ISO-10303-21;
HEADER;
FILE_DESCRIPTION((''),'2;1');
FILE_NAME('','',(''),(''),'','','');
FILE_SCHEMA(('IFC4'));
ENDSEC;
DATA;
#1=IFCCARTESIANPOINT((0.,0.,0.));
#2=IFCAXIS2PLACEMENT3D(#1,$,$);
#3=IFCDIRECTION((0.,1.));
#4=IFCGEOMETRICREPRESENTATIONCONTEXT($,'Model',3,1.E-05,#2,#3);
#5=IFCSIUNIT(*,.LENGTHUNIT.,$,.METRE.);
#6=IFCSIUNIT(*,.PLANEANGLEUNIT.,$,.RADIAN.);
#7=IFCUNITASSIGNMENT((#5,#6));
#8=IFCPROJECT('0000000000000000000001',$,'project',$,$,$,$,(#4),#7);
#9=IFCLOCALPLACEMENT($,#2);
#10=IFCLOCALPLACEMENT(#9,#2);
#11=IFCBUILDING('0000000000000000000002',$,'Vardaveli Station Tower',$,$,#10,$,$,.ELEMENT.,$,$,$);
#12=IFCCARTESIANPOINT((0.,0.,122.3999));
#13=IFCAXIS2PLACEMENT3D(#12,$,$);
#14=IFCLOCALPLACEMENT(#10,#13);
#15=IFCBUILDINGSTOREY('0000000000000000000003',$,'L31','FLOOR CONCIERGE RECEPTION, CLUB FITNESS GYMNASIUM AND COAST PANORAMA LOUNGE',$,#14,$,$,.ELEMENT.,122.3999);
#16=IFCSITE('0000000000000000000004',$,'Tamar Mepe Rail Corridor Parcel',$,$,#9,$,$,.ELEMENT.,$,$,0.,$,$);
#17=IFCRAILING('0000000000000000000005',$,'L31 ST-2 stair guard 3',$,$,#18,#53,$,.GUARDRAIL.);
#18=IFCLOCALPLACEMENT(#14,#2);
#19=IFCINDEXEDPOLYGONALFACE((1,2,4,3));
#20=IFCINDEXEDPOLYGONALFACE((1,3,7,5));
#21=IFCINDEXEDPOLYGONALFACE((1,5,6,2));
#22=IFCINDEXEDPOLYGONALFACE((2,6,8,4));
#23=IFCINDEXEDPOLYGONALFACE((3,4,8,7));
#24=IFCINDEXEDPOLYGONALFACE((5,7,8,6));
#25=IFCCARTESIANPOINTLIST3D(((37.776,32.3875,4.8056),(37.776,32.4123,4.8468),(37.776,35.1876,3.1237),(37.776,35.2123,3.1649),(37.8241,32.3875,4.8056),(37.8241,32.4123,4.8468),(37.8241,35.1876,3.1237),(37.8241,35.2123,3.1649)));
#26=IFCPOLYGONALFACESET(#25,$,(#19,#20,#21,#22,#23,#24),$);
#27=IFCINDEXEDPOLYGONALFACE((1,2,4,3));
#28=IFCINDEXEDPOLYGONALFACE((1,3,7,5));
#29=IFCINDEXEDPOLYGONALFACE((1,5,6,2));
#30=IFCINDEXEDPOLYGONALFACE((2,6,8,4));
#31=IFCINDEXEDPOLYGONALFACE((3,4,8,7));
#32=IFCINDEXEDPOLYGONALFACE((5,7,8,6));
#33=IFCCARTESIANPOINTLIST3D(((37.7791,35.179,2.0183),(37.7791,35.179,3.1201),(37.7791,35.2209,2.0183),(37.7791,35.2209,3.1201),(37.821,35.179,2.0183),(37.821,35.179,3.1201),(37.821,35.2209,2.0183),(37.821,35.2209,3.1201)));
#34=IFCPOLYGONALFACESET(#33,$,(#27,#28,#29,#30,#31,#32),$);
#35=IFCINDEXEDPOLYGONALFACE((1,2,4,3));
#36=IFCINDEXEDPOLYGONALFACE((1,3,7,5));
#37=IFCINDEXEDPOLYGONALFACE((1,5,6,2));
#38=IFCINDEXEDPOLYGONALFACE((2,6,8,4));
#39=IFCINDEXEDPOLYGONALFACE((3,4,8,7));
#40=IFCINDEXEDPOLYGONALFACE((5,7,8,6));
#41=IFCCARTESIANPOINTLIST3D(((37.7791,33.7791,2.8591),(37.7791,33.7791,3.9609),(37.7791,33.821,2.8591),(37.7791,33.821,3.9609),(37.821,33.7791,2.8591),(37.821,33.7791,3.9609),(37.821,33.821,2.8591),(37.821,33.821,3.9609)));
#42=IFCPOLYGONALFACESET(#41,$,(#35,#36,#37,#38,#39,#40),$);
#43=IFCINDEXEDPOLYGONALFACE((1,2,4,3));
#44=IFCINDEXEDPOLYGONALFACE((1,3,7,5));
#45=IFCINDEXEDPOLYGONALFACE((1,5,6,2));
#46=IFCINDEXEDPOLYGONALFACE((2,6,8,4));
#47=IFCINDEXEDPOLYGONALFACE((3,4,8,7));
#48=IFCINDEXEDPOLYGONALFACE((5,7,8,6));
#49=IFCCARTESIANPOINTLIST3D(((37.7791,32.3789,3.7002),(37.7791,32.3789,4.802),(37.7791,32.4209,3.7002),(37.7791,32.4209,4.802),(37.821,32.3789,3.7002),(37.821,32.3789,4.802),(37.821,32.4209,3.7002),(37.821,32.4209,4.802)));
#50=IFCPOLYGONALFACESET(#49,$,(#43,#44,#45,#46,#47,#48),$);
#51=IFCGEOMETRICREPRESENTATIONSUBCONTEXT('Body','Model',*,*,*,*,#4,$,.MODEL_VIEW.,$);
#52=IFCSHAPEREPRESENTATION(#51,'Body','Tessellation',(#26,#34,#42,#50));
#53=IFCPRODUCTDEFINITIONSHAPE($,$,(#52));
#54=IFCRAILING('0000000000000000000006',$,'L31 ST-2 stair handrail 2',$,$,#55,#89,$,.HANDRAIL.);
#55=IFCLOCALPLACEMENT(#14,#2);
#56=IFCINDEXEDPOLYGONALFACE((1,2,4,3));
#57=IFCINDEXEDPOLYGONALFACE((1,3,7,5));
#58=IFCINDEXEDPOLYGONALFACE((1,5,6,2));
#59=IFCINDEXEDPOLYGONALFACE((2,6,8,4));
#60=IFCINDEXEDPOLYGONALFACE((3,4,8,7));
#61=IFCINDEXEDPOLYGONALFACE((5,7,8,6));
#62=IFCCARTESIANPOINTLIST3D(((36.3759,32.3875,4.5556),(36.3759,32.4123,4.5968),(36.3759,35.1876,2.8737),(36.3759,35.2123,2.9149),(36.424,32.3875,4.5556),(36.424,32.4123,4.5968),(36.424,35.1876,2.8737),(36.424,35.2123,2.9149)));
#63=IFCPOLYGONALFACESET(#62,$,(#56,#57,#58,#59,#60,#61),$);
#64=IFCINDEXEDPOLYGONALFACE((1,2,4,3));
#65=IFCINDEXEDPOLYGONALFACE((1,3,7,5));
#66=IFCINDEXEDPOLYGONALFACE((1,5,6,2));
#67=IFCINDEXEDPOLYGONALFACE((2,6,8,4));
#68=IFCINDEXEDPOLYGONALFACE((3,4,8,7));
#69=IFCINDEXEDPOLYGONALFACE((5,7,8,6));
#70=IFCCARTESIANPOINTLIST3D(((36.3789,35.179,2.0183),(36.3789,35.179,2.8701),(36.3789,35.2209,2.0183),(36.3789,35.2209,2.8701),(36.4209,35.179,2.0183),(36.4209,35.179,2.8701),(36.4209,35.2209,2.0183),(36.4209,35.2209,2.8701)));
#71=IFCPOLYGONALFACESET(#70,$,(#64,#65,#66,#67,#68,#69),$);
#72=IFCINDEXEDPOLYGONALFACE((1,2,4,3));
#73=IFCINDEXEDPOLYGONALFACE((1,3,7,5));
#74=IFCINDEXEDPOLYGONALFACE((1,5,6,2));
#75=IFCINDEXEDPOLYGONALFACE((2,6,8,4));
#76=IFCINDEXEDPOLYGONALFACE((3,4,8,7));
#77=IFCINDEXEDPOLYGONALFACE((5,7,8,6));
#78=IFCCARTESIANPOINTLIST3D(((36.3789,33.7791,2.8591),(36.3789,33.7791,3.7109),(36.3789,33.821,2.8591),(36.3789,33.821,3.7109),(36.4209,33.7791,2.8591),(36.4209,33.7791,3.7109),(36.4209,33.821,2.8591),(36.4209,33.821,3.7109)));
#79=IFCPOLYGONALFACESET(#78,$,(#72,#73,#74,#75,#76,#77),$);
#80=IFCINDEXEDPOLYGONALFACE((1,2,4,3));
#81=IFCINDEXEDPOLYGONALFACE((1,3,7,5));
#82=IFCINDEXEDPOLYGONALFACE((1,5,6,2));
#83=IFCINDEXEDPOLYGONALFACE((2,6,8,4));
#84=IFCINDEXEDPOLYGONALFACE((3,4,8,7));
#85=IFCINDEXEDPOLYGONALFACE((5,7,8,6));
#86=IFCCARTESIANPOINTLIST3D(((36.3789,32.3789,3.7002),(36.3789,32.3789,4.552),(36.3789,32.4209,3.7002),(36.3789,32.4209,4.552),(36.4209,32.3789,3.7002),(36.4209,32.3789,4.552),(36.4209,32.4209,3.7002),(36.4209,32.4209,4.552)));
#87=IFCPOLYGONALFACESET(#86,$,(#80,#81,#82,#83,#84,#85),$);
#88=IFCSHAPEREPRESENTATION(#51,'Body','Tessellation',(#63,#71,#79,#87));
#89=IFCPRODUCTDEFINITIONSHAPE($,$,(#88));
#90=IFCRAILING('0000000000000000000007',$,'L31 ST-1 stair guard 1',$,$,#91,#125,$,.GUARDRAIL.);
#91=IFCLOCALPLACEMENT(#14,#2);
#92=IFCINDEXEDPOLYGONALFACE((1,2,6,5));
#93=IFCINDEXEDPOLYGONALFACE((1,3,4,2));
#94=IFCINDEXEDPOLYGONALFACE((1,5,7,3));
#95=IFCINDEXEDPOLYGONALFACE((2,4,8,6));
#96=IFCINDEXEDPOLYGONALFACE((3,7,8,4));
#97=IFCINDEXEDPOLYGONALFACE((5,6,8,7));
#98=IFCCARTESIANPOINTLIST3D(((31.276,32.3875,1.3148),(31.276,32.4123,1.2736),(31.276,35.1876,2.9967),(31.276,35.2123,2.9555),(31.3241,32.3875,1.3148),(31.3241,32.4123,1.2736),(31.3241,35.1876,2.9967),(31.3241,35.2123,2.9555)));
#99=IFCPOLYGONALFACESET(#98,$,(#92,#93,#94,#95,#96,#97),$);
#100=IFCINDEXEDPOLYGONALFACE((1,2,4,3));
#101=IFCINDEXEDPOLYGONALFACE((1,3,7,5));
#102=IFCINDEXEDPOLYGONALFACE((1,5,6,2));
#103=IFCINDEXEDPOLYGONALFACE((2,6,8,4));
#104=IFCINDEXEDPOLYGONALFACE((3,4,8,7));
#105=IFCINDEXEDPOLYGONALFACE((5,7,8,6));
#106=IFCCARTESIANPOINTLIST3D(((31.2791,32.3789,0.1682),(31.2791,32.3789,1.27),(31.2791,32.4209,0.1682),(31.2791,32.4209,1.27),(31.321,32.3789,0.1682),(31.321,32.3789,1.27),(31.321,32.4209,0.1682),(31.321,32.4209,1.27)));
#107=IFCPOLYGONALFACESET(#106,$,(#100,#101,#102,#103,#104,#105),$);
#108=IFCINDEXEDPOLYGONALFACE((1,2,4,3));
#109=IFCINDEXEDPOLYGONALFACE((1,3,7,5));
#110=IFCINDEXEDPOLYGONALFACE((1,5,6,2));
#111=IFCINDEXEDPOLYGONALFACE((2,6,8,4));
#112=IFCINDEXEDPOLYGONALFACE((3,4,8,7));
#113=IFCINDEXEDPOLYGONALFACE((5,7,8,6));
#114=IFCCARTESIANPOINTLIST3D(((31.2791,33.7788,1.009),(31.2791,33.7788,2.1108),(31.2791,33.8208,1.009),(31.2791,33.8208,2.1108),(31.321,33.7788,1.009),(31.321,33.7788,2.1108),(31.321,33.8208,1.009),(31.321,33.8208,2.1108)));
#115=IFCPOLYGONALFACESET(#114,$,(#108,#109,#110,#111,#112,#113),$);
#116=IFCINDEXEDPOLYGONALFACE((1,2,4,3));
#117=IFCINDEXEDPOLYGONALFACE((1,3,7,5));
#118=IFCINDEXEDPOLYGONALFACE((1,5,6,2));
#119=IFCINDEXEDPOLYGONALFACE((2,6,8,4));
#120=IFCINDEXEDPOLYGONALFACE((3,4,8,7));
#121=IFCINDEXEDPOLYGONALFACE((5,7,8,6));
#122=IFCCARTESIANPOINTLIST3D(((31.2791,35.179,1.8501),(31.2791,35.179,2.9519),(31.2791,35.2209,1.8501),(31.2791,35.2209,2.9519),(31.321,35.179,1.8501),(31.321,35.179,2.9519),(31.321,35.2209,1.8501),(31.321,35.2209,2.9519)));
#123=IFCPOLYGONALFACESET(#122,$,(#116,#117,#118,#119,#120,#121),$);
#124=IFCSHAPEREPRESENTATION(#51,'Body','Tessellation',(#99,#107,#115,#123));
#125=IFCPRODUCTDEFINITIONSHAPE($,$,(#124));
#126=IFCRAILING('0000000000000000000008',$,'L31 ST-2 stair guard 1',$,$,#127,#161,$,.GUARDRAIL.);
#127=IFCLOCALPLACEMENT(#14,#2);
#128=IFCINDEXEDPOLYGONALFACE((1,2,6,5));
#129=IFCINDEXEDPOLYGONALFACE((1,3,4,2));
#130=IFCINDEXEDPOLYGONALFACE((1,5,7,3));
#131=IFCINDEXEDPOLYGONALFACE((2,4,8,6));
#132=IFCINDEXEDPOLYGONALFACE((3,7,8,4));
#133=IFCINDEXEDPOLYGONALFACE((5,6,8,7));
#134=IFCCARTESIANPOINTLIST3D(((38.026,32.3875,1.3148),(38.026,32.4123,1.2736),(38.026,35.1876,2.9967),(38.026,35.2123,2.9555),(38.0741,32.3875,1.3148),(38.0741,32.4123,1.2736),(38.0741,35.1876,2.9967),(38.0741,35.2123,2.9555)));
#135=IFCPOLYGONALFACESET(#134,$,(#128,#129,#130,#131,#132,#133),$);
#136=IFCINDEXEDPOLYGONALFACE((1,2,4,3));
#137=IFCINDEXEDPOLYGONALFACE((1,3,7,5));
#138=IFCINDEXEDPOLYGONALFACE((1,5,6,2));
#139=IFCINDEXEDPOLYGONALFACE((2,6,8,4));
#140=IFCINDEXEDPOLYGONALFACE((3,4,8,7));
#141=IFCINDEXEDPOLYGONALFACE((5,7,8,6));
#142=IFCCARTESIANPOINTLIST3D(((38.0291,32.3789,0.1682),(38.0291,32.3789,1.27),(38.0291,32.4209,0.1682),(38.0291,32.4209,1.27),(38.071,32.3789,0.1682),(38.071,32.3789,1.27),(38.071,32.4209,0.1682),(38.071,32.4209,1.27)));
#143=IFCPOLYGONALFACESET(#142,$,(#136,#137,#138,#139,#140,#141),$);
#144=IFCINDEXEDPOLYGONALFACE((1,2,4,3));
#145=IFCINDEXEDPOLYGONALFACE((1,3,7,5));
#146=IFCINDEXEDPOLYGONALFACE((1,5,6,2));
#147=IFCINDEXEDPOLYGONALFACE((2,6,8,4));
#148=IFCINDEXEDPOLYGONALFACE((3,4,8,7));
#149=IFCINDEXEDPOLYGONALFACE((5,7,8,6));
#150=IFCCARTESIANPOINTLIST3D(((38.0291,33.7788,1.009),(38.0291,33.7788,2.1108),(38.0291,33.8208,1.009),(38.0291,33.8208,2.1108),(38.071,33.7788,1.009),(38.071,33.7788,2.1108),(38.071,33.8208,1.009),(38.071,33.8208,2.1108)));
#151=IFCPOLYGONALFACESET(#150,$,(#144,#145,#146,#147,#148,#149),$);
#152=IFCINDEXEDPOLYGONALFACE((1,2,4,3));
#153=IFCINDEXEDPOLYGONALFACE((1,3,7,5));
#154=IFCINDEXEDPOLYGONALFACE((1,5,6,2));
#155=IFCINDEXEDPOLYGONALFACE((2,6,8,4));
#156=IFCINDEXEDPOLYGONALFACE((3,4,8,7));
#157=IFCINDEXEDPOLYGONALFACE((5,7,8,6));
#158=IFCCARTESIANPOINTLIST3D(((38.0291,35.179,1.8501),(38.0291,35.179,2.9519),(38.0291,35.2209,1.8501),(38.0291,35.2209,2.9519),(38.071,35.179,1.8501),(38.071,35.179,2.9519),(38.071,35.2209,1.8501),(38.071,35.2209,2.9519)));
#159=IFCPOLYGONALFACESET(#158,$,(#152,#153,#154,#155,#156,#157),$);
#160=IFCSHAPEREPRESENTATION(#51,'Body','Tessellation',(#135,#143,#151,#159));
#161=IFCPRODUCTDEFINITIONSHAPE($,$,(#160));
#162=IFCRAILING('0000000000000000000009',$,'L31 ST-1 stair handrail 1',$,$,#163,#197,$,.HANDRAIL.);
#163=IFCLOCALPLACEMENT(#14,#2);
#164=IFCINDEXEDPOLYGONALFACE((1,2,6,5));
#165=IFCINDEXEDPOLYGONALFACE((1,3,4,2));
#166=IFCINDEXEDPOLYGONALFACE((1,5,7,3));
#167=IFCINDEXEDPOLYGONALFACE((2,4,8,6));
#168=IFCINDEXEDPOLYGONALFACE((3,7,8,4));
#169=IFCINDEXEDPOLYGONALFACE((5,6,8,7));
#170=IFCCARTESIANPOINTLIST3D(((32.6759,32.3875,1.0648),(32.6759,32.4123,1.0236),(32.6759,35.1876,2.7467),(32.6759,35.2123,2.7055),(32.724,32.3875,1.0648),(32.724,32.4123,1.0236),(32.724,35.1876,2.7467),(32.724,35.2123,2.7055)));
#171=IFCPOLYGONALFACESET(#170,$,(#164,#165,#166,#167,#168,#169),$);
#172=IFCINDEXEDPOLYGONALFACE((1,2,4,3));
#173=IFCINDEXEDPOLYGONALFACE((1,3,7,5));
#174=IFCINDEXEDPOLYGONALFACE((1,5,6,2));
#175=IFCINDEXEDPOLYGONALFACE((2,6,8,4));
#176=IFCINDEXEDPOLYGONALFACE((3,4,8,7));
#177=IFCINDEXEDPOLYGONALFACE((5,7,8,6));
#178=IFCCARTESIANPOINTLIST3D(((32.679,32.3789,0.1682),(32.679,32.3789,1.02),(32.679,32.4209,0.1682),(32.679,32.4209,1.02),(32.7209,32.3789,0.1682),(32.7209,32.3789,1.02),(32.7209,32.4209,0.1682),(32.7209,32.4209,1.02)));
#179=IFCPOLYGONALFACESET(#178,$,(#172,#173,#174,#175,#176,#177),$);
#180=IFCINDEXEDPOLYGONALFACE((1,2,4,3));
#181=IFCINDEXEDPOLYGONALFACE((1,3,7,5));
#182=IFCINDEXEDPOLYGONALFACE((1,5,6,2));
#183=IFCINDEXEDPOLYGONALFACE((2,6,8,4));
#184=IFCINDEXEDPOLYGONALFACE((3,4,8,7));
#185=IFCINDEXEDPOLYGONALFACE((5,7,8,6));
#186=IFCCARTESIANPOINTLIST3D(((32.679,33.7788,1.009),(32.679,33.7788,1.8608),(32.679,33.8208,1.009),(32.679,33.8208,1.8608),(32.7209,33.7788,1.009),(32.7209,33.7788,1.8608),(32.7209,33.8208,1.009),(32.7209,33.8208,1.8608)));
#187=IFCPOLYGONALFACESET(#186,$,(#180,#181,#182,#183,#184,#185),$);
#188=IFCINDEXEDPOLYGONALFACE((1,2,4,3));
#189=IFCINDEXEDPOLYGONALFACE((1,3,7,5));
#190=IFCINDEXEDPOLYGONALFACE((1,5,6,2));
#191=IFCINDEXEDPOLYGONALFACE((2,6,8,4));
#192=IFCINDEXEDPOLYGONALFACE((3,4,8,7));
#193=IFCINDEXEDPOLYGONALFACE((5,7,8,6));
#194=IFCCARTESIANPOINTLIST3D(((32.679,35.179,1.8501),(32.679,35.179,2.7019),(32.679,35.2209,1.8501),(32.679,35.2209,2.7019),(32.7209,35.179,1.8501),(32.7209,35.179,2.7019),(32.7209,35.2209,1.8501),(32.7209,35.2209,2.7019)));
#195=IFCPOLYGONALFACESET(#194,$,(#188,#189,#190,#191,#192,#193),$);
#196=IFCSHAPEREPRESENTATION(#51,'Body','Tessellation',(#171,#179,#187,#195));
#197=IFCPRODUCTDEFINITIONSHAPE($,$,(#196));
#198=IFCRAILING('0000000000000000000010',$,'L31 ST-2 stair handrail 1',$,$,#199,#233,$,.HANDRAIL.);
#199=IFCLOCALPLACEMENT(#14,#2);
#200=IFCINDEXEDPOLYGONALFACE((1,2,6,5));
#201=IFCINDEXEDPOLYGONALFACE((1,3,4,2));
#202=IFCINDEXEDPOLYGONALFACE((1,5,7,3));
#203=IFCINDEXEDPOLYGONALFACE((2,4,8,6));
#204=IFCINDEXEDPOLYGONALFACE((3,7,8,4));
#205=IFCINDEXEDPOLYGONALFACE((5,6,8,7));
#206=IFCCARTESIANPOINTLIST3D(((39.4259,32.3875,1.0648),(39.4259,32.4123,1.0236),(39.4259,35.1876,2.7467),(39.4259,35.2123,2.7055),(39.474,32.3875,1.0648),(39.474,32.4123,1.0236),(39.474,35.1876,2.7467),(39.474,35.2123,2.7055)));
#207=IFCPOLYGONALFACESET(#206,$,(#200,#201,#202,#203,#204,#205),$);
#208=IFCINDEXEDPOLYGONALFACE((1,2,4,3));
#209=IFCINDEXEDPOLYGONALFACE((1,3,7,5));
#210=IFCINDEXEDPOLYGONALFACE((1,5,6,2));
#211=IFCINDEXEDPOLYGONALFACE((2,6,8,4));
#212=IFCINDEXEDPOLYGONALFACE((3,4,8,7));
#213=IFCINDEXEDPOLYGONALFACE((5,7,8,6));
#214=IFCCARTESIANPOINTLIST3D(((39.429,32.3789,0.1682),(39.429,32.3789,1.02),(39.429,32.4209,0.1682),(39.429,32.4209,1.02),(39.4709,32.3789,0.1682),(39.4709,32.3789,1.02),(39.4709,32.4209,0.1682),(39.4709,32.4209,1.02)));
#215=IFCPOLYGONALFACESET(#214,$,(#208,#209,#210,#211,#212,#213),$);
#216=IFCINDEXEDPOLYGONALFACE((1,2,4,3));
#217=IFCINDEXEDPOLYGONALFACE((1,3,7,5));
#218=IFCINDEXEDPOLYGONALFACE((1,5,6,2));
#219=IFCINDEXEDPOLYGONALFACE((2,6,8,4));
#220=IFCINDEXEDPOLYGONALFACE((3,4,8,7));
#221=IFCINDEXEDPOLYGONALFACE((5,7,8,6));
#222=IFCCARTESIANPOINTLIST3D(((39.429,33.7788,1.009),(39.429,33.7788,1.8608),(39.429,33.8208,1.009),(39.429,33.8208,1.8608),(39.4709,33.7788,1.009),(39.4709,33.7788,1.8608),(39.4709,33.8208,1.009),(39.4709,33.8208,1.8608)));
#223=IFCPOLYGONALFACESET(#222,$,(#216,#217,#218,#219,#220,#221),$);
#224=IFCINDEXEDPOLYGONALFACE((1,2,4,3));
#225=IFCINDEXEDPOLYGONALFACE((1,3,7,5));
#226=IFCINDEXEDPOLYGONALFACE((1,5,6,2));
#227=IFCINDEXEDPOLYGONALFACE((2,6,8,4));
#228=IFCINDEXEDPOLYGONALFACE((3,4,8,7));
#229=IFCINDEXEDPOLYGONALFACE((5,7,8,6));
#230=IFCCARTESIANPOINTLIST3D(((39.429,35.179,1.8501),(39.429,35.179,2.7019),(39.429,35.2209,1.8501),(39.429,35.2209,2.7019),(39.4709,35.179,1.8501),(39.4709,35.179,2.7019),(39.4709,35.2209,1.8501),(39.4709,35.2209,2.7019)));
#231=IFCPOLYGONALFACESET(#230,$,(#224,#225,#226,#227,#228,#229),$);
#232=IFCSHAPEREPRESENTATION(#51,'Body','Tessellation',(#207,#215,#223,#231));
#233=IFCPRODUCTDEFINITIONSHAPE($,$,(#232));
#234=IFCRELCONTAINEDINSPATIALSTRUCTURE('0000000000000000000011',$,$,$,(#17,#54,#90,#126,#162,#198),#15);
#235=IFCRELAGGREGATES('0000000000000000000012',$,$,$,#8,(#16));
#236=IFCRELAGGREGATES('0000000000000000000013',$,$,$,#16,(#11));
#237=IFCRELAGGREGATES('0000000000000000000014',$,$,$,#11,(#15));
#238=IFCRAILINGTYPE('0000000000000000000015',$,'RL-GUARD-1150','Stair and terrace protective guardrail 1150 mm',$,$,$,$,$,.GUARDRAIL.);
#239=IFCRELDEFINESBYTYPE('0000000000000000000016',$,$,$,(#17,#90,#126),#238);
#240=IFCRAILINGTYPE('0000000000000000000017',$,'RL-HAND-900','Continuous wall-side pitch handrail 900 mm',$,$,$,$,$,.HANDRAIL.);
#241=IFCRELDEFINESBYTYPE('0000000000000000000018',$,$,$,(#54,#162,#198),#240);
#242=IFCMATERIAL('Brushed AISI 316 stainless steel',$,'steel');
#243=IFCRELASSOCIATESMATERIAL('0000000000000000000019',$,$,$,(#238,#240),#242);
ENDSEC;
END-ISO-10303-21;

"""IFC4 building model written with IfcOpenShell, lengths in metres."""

from ifc_helpers import new_model, si_unit, direction, frame, origin, origin_2d, place, context, subcontext, project, spatial, rectangle, extrude, source, transform, mapped, material, type_object, element, save


model = new_model("IFC4")

# Units and contexts
model_context = context("Model", 3, precision=1e-05, world=origin(), true_north=direction((0.0, 1.0)))
body_context = subcontext(model_context, "Body", "Model", "MODEL_VIEW")
ifc_project = project(units=[si_unit("LENGTHUNIT", "METRE"), si_unit("PLANEANGLEUNIT", "RADIAN")], contexts=[model_context])

# Site, building, storey
site_placement = place(None, origin())
site = spatial("IfcSite", under=ifc_project, at=site_placement, Name="Tamar Mepe Rail Corridor Parcel", CompositionType="ELEMENT", RefElevation=0.0)
building_placement = place(site_placement, origin())
building = spatial("IfcBuilding", under=site, at=building_placement, Name="Vardaveli Station Tower", CompositionType="ELEMENT")
storey_placement = place(building_placement, frame((0.0, 0.0, 122.3999)))
storey = spatial("IfcBuildingStorey", under=building, at=storey_placement, Name="L31", Description="FLOOR CONCIERGE RECEPTION, CLUB FITNESS GYMNASIUM AND COAST PANORAMA LOUNGE", CompositionType="ELEMENT", Elevation=122.3999)

# Railings
ifc_material_1 = material(Name="Brushed AISI 316 stainless steel", Category="steel")
railing_type_1 = type_object("IfcRailingType", Name="RL-GUARD-1150", Description="Stair and terrace protective guardrail 1150 mm", PredefinedType="GUARDRAIL", material=ifc_material_1)
shared_shape_1 = source(origin(), body_context, "Body", "SweptSolid", [
    extrude(rectangle(XDim=0.0481, YDim=0.0481, at=origin_2d()), frame((0.0, 0.0, 1.126), z_axis=(0.0, -0.857242, 0.514913), x_axis=(1.0, 0.0, 0.0)), (0.0, 0.0, 1.0), 3.2664),
    extrude(rectangle(XDim=0.042, YDim=0.042, at=origin_2d()), origin(), (0.0, 0.0, 1.0), 1.1018),
    extrude(rectangle(XDim=0.042, YDim=0.042, at=origin_2d()), frame((0.0, -1.3999, 0.8408)), (0.0, 0.0, 1.0), 1.1018),
    extrude(rectangle(XDim=0.042, YDim=0.042, at=origin_2d()), frame((0.0, -2.8, 1.6819)), (0.0, 0.0, 1.0), 1.1018),
])
railing_1_placement = place(storey_placement, frame((37.8, 35.2, 2.0183)))
element("IfcRailing", 1, at=railing_1_placement, inside=storey, type_object=railing_type_1, Name="L31 ST-2 stair guard 3", PredefinedType="GUARDRAIL", context=body_context, shape_type="MappedRepresentation", body=[
    mapped(shared_shape_1, transform((0.0, 0.0, 0.0), scale=1.0)),
])
railing_type_2 = type_object("IfcRailingType", Name="RL-HAND-900", Description="Continuous wall-side pitch handrail 900 mm", PredefinedType="HANDRAIL", material=ifc_material_1)
shared_shape_2 = source(origin(), body_context, "Body", "SweptSolid", [
    extrude(rectangle(XDim=0.0481, YDim=0.0481, at=origin_2d()), frame((0.0, 0.0, 0.876), z_axis=(0.0, -0.857242, 0.514913), x_axis=(1.0, 0.0, 0.0)), (0.0, 0.0, 1.0), 3.2664),
    extrude(rectangle(XDim=0.042, YDim=0.042, at=origin_2d()), origin(), (0.0, 0.0, 1.0), 0.8518),
    extrude(rectangle(XDim=0.042, YDim=0.042, at=origin_2d()), frame((0.0, -1.3999, 0.8408)), (0.0, 0.0, 1.0), 0.8518),
    extrude(rectangle(XDim=0.042, YDim=0.042, at=origin_2d()), frame((0.0, -2.8, 1.6819)), (0.0, 0.0, 1.0), 0.8518),
])
railing_2_placement = place(storey_placement, frame((36.3999, 35.2, 2.0183)))
element("IfcRailing", 2, at=railing_2_placement, inside=storey, type_object=railing_type_2, Name="L31 ST-2 stair handrail 2", PredefinedType="HANDRAIL", context=body_context, shape_type="MappedRepresentation", body=[
    mapped(shared_shape_2, transform((0.0, 0.0, 0.0), scale=1.0)),
])
shared_shape_3 = source(origin(), body_context, "Body", "SweptSolid", [
    extrude(rectangle(XDim=0.0481, YDim=0.0481, at=origin_2d()), frame((0.0, 0.0, 1.126), z_axis=(0.0, 0.857242, 0.514913), x_axis=(-1.0, 0.0, 0.0)), (0.0, 0.0, 1.0), 3.2664),
    extrude(rectangle(XDim=0.042, YDim=0.042, at=origin_2d()), origin(), (0.0, 0.0, 1.0), 1.1018),
    extrude(rectangle(XDim=0.042, YDim=0.042, at=origin_2d()), frame((0.0, 1.3999, 0.8408)), (0.0, 0.0, 1.0), 1.1018),
    extrude(rectangle(XDim=0.042, YDim=0.042, at=origin_2d()), frame((0.0, 2.8, 1.6819)), (0.0, 0.0, 1.0), 1.1018),
])
for number, where, name in (
    (3, (31.3, 32.3999, 0.1682), "L31 ST-1 stair guard 1"),
    (4, (38.05, 32.3999, 0.1682), "L31 ST-2 stair guard 1"),
):
    element("IfcRailing", number, at=place(storey_placement, frame(where)), inside=storey, type_object=railing_type_1, Name=name, PredefinedType="GUARDRAIL", context=body_context, shape_type="MappedRepresentation", body=[
        mapped(shared_shape_3, transform((0.0, 0.0, 0.0), scale=1.0)),
    ])
shared_shape_4 = source(origin(), body_context, "Body", "SweptSolid", [
    extrude(rectangle(XDim=0.0481, YDim=0.0481, at=origin_2d()), frame((0.0, 0.0, 0.876), z_axis=(0.0, 0.857242, 0.514913), x_axis=(-1.0, 0.0, 0.0)), (0.0, 0.0, 1.0), 3.2664),
    extrude(rectangle(XDim=0.042, YDim=0.042, at=origin_2d()), origin(), (0.0, 0.0, 1.0), 0.8518),
    extrude(rectangle(XDim=0.042, YDim=0.042, at=origin_2d()), frame((0.0, 1.3999, 0.8408)), (0.0, 0.0, 1.0), 0.8518),
    extrude(rectangle(XDim=0.042, YDim=0.042, at=origin_2d()), frame((0.0, 2.8, 1.6819)), (0.0, 0.0, 1.0), 0.8518),
])
for number, where, name in (
    (5, (32.7, 32.3999, 0.1682), "L31 ST-1 stair handrail 1"),
    (6, (39.45, 32.3999, 0.1682), "L31 ST-2 stair handrail 1"),
):
    element("IfcRailing", number, at=place(storey_placement, frame(where)), inside=storey, type_object=railing_type_2, Name=name, PredefinedType="HANDRAIL", context=body_context, shape_type="MappedRepresentation", body=[
        mapped(shared_shape_4, transform((0.0, 0.0, 0.0), scale=1.0)),
    ])

save(model, "model.ifc")
